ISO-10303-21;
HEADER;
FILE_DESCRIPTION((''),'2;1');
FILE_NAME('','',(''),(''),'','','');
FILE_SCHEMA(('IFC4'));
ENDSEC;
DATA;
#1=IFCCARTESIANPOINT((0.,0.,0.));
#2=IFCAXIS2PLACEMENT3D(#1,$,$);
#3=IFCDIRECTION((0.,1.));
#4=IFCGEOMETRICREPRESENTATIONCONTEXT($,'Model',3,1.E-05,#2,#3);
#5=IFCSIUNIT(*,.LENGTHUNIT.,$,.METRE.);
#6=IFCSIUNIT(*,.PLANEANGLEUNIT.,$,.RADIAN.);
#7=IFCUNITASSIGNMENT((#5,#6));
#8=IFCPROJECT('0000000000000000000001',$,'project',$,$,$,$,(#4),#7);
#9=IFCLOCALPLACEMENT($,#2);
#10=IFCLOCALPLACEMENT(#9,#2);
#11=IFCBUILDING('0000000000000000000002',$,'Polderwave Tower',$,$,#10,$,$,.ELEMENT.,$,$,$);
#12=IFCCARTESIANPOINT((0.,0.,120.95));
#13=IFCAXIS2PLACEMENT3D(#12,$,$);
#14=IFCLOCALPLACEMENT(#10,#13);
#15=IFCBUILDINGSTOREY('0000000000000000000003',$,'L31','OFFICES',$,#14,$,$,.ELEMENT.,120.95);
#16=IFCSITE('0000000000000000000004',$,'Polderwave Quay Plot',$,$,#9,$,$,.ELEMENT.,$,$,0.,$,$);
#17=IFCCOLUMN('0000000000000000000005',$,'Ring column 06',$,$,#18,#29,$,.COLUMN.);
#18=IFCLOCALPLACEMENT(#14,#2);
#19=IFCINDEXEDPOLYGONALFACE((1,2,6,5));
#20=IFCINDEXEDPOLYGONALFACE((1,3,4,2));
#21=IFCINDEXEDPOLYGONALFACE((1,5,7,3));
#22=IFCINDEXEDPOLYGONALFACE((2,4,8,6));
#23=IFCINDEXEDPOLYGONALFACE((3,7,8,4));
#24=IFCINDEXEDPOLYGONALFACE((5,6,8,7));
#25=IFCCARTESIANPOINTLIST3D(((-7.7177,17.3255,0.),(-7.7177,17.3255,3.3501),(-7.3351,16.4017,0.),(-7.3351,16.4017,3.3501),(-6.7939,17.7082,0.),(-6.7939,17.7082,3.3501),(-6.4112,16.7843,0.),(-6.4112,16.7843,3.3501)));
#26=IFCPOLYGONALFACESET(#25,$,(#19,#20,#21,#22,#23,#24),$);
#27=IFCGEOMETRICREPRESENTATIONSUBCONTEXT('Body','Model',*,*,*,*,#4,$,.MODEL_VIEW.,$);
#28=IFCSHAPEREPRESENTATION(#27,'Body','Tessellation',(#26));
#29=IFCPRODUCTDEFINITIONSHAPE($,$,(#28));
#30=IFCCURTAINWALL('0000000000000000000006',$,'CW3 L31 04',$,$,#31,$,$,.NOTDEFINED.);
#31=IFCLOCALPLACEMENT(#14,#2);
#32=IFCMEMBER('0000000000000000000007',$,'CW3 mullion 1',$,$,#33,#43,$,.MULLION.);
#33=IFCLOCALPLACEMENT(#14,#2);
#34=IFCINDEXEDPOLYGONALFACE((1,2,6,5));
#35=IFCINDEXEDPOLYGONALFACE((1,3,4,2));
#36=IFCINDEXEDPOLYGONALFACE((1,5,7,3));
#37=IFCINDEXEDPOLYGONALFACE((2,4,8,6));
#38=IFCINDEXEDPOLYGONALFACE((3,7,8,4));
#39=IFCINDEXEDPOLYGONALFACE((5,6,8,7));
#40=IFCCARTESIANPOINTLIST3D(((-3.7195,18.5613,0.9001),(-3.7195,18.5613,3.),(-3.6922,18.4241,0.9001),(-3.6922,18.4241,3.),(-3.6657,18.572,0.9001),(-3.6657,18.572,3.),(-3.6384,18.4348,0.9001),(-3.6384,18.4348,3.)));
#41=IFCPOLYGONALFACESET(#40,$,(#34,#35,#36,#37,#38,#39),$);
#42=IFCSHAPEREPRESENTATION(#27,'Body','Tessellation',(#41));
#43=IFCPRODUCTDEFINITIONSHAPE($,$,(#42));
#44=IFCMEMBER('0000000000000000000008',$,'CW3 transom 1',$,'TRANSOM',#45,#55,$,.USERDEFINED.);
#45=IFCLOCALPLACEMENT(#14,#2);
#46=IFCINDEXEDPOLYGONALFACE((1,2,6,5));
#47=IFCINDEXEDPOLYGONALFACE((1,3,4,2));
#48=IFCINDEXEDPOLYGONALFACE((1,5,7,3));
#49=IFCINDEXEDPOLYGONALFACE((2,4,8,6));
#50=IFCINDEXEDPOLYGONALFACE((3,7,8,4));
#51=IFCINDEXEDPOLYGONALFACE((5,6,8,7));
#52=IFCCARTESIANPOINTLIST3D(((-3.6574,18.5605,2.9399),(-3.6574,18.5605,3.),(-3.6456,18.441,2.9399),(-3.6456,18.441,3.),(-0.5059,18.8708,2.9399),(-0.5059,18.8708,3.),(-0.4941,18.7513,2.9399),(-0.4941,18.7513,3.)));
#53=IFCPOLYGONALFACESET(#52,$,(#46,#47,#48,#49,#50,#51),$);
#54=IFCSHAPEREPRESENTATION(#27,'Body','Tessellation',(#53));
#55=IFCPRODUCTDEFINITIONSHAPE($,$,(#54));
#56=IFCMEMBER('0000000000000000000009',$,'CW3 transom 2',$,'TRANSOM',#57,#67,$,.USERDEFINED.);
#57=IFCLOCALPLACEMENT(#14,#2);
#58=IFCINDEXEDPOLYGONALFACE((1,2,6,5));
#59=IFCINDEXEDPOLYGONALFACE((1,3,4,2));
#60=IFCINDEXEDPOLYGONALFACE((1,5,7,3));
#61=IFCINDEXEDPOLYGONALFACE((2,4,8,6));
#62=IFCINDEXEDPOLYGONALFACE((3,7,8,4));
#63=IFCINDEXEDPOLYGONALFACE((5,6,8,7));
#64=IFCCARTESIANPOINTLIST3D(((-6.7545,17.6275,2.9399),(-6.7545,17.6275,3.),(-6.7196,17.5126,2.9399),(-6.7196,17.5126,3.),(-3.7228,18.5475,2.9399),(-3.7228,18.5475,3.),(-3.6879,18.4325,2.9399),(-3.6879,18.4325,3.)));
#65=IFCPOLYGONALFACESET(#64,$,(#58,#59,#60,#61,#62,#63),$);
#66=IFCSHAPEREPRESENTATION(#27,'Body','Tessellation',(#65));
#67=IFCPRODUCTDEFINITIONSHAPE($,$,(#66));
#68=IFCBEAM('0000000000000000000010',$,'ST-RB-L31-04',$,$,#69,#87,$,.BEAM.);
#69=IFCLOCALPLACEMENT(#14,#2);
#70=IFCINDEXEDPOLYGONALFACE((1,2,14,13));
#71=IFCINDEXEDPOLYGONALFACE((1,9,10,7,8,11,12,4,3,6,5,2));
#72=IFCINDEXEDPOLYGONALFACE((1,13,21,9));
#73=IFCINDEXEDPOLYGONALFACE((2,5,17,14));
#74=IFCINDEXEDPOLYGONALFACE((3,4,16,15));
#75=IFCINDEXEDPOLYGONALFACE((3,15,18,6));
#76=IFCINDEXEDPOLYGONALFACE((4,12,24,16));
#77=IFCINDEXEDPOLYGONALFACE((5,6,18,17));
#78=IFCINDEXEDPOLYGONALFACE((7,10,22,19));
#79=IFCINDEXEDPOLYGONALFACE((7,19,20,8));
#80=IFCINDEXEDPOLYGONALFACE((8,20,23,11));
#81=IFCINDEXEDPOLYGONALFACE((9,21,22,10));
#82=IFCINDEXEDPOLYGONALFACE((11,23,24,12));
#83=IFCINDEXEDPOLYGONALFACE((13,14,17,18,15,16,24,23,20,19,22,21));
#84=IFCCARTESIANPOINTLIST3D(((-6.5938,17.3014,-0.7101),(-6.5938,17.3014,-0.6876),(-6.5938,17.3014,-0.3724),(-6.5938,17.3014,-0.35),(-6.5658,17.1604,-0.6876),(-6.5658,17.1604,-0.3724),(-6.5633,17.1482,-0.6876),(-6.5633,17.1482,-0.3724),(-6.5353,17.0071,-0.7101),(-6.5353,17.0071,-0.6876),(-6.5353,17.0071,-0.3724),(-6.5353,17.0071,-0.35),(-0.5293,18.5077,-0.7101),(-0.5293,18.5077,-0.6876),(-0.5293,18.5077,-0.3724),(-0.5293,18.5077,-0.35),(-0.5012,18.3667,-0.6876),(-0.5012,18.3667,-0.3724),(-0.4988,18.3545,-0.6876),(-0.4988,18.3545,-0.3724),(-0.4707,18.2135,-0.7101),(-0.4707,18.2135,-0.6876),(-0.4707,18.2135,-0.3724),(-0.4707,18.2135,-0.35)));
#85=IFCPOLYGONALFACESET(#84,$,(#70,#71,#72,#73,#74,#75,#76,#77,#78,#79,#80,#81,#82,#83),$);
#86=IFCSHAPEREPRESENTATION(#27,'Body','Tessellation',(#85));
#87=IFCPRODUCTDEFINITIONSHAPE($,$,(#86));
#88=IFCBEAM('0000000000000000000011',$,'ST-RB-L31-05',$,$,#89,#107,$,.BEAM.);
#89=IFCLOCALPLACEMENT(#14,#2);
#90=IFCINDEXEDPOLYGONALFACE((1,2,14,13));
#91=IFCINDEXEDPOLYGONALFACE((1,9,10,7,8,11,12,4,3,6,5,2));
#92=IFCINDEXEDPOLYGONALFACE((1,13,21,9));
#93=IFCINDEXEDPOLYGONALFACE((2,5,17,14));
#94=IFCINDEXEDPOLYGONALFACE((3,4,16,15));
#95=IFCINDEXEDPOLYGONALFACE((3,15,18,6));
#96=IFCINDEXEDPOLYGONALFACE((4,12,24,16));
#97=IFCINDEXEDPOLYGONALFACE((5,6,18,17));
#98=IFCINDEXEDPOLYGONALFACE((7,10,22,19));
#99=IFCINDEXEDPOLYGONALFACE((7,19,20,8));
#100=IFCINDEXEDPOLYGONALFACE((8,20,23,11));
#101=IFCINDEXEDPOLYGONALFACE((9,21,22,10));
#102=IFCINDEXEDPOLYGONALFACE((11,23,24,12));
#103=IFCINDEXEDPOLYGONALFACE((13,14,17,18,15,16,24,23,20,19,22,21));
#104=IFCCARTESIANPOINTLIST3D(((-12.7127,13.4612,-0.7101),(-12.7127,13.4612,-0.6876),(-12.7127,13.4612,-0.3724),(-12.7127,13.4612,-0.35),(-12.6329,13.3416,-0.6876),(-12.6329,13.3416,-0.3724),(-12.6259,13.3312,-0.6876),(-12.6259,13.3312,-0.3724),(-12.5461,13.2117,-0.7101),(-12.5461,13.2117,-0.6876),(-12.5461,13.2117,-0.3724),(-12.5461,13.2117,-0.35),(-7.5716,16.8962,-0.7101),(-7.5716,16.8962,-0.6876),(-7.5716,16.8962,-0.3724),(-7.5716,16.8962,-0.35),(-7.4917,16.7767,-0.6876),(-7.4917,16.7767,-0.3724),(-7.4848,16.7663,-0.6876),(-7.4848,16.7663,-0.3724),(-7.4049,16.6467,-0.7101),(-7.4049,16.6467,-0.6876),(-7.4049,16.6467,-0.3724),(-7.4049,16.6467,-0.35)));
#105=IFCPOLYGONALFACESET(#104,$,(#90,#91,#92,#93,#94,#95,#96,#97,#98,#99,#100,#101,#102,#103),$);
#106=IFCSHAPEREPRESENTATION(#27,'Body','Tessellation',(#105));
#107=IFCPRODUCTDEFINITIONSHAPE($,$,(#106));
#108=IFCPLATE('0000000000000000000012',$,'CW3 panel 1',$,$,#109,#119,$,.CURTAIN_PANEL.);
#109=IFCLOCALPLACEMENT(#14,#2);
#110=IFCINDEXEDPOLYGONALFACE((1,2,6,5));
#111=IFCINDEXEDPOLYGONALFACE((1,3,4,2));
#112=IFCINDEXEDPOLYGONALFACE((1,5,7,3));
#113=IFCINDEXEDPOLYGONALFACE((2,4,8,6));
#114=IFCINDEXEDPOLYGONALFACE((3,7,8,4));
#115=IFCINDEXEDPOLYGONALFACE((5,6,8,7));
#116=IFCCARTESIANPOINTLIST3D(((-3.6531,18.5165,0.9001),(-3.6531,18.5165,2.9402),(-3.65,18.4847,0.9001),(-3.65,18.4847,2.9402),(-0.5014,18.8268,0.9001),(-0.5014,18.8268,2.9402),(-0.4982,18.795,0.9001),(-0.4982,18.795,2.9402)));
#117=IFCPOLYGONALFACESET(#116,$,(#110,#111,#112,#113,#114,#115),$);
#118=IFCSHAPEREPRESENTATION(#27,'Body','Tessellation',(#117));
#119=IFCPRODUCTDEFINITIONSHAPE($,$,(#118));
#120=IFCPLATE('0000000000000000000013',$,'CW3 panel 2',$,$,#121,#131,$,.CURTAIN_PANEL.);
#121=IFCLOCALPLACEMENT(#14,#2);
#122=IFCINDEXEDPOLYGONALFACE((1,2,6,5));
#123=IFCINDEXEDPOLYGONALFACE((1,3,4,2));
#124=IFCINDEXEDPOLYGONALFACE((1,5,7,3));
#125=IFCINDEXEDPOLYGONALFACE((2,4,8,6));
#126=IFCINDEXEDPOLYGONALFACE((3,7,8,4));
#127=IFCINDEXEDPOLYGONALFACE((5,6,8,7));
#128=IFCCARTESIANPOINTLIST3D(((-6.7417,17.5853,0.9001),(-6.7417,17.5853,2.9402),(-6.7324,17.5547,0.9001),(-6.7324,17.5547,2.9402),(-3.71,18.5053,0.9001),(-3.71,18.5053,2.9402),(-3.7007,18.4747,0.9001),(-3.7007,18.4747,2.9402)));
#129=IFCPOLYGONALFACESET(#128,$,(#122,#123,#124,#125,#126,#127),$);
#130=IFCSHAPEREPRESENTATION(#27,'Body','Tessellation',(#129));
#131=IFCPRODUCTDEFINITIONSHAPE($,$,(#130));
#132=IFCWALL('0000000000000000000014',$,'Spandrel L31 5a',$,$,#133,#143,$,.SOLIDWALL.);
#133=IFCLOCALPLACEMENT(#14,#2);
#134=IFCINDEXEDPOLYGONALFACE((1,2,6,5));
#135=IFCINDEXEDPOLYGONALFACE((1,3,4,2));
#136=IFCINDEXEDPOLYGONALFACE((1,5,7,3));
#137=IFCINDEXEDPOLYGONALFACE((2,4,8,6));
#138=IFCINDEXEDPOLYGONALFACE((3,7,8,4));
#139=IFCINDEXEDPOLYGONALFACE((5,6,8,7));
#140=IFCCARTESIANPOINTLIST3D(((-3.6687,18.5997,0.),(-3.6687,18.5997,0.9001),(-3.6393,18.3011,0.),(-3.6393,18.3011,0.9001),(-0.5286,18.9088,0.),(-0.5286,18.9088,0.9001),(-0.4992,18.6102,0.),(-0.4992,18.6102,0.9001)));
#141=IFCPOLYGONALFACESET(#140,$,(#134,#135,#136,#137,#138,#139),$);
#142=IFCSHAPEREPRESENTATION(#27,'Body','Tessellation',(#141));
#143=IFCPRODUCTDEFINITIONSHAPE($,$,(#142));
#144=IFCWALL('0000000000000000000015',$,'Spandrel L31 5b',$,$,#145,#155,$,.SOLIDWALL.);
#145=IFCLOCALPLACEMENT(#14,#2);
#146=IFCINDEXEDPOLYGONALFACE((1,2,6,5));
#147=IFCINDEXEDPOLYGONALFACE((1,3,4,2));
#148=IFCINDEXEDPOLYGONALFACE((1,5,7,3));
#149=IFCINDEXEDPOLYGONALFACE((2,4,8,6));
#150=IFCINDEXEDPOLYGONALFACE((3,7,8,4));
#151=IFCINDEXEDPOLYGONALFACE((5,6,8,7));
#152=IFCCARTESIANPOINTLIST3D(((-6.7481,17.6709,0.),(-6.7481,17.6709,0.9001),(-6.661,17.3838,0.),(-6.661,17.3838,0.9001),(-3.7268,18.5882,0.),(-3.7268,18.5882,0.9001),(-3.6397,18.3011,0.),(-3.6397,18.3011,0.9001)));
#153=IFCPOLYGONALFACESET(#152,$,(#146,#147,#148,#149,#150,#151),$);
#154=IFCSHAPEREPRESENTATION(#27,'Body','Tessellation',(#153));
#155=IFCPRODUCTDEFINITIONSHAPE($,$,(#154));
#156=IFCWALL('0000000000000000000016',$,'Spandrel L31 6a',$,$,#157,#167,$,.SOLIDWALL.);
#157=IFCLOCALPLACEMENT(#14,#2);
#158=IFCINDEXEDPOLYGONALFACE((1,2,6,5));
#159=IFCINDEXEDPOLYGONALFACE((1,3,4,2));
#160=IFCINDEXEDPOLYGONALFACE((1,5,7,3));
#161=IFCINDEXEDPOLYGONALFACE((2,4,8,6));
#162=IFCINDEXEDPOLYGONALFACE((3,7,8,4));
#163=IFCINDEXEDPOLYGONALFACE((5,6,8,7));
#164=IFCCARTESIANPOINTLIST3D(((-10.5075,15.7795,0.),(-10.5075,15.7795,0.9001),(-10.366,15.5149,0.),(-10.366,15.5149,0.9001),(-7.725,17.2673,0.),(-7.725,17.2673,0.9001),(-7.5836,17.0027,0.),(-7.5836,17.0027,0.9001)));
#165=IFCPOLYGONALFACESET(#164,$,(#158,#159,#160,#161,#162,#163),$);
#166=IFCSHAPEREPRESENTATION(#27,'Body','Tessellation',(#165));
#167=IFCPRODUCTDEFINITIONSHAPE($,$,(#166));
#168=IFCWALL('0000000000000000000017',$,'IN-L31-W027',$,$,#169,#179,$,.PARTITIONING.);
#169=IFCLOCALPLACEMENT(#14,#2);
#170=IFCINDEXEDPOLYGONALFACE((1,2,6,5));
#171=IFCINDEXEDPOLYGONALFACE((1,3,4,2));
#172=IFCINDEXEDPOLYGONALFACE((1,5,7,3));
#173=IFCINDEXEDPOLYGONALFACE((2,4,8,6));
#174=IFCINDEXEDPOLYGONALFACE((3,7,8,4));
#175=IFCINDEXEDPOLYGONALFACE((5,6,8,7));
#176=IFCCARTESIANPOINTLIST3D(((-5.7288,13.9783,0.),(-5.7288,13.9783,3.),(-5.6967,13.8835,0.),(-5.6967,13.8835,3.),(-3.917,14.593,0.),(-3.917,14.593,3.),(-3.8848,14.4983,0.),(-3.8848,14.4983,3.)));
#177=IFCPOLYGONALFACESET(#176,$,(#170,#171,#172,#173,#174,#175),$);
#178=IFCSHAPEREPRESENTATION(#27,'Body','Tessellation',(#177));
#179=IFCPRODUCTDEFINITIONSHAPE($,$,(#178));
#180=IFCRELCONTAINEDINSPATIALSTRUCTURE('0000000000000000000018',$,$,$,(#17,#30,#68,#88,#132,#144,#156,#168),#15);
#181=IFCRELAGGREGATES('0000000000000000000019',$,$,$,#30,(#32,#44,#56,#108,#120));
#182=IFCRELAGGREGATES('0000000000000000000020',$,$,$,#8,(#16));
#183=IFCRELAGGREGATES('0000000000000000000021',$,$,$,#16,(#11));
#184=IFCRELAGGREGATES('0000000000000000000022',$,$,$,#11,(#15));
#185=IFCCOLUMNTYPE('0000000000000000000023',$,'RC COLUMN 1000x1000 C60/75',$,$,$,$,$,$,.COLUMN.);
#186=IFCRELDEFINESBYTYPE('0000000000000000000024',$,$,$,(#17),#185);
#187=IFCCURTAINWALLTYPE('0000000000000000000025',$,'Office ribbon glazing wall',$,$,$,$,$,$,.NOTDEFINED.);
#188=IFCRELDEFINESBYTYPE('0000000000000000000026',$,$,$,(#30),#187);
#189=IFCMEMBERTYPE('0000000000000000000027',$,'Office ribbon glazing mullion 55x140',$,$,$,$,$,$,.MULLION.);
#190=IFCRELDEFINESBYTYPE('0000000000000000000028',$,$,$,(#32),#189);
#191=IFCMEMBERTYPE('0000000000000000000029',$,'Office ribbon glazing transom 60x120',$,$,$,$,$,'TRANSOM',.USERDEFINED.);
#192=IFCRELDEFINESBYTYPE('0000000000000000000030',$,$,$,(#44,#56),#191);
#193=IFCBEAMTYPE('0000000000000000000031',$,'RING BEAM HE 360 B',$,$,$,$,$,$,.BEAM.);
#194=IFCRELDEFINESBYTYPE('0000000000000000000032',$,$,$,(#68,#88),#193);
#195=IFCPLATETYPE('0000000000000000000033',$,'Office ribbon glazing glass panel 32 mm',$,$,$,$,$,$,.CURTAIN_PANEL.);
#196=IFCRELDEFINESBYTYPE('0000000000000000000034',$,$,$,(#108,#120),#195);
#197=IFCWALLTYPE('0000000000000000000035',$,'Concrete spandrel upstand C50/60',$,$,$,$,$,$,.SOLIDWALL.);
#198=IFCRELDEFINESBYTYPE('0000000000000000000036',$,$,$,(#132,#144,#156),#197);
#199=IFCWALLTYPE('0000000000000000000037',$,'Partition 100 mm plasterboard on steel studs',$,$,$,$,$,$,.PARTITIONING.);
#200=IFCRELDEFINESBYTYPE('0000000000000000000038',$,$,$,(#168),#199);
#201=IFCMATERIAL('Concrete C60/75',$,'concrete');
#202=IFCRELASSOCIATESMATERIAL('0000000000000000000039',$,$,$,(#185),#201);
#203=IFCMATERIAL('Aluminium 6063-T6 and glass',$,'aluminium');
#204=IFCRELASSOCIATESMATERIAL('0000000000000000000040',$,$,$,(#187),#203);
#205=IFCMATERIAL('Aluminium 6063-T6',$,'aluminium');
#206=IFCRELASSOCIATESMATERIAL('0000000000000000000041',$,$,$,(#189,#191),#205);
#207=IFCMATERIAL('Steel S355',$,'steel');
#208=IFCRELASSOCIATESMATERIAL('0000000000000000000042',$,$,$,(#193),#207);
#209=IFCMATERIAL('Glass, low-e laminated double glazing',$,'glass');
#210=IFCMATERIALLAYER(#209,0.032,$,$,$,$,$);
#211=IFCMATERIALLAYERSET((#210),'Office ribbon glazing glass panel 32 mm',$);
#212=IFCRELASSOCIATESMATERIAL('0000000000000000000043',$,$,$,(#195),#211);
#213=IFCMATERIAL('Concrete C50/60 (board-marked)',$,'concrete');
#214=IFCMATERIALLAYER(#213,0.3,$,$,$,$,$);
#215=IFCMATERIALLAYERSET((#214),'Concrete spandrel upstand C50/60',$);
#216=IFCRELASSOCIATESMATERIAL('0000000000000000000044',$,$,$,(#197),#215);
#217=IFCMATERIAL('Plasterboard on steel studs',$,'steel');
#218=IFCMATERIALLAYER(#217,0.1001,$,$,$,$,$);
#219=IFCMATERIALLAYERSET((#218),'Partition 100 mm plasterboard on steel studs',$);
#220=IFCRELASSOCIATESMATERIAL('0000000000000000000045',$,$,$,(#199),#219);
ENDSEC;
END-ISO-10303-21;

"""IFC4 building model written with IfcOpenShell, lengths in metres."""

from ifc_helpers import new_model, si_unit, direction, frame, frame_2d, origin, origin_2d, place, context, subcontext, project, spatial, rectangle, i_section, extrude, material, layer, layer_set, material_profile, profile_set, type_object, element, aggregate, save


model = new_model("IFC4")

# Units and contexts
model_context = context("Model", 3, precision=1e-05, world=origin(), true_north=direction((0.0, 1.0)))
body_context = subcontext(model_context, "Body", "Model", "MODEL_VIEW")
ifc_project = project(units=[si_unit("LENGTHUNIT", "METRE"), si_unit("PLANEANGLEUNIT", "RADIAN")], contexts=[model_context])

# Site, building, storey
site_placement = place(None, origin())
site = spatial("IfcSite", under=ifc_project, at=site_placement, Name="Polderwave Quay Plot", CompositionType="ELEMENT", RefElevation=0.0)
building_placement = place(site_placement, origin())
building = spatial("IfcBuilding", under=site, at=building_placement, Name="Polderwave Tower", CompositionType="ELEMENT")
storey_placement = place(building_placement, frame((0.0, 0.0, 120.95)))
storey = spatial("IfcBuildingStorey", under=building, at=storey_placement, Name="L31", Description="OFFICES", CompositionType="ELEMENT", Elevation=120.95)

# Column
ifc_material_1 = material(Name="Concrete C60/75", Category="concrete")
ifc_material_profile_1 = material_profile(ifc_material_1, rectangle(XDim=1.0, YDim=1.0, at=origin_2d()), Name="RC 1000x1000")
ifc_profile_set_1 = profile_set([ifc_material_profile_1], Name="Concrete C60/75")
column_type = type_object("IfcColumnType", Name="RC COLUMN 1000x1000 C60/75", PredefinedType="COLUMN", material=ifc_profile_set_1)
column_placement = place(storey_placement, frame((-7.0645, 17.0549, 0.0), z_axis=(0.0, 0.0, 1.0), x_axis=(-0.382683, 0.92388, 0.0)))
element("IfcColumn", 1, at=column_placement, inside=storey, type_object=column_type, Name="Ring column 06", PredefinedType="COLUMN", context=body_context, shape_type="SweptSolid", body=[
    extrude(rectangle(XDim=1.0, YDim=1.0, at=origin_2d()), origin(), (0.0, 0.0, 1.0), 3.3501),
])

# Curtain wall, members
ifc_material_2 = material(Name="Aluminium 6063-T6 and glass", Category="aluminium")
curtain_wall_type = type_object("IfcCurtainWallType", Name="Office ribbon glazing wall", PredefinedType="NOTDEFINED", material=ifc_material_2)
curtain_wall_placement = place(storey_placement, origin())
curtain_wall = element("IfcCurtainWall", 2, at=curtain_wall_placement, inside=storey, type_object=curtain_wall_type, Name="CW3 L31 04", PredefinedType="NOTDEFINED")
ifc_material_3 = material(Name="Aluminium 6063-T6", Category="aluminium")
ifc_material_profile_2 = material_profile(ifc_material_3, rectangle(XDim=0.1399, YDim=0.0549, at=origin_2d()), Name="AL 55x140")
ifc_profile_set_2 = profile_set([ifc_material_profile_2], Name="Aluminium 6063-T6")
member_type_1 = type_object("IfcMemberType", Name="Office ribbon glazing mullion 55x140", PredefinedType="MULLION", material=ifc_profile_set_2)
member_1_placement = place(storey_placement, frame((-3.679, 18.498, 0.9001), z_axis=(0.0, 0.0, 1.0), x_axis=(0.195128, -0.980778, 0.0)))
member_1 = element("IfcMember", 3, at=member_1_placement, type_object=member_type_1, Name="CW3 mullion 1", PredefinedType="MULLION", context=body_context, shape_type="SweptSolid", body=[
    extrude(rectangle(XDim=0.1399, YDim=0.0549, at=origin_2d()), origin(), (0.0, 0.0, 1.0), 2.0999),
])
ifc_material_profile_3 = material_profile(ifc_material_3, rectangle(XDim=0.1201, YDim=0.0601, at=origin_2d()), Name="AL 60x120")
ifc_profile_set_3 = profile_set([ifc_material_profile_3], Name="Aluminium 6063-T6")
member_type_2 = type_object("IfcMemberType", Name="Office ribbon glazing transom 60x120", ElementType="TRANSOM", PredefinedType="USERDEFINED", material=ifc_profile_set_3)
member_2_placement = place(storey_placement, frame((-0.5, 18.811, 2.97), z_axis=(-0.995188, -0.097985, 0.0), x_axis=(0.097985, -0.995188, 0.0)))
member_2 = element("IfcMember", 4, at=member_2_placement, type_object=member_type_2, Name="CW3 transom 1", ObjectType="TRANSOM", PredefinedType="USERDEFINED", context=body_context, shape_type="SweptSolid", body=[
    extrude(rectangle(XDim=0.1201, YDim=0.0601, at=origin_2d()), origin(), (0.0, 0.0, 1.0), 3.1667),
])
member_3_placement = place(storey_placement, frame((-3.7053, 18.49, 2.97), z_axis=(-0.956918, -0.290358, 0.0), x_axis=(0.290358, -0.956918, 0.0)))
member_3 = element("IfcMember", 5, at=member_3_placement, type_object=member_type_2, Name="CW3 transom 2", ObjectType="TRANSOM", PredefinedType="USERDEFINED", context=body_context, shape_type="SweptSolid", body=[
    extrude(rectangle(XDim=0.1201, YDim=0.0601, at=origin_2d()), origin(), (0.0, 0.0, 1.0), 3.1682),
])

# Beams
ifc_material_4 = material(Name="Steel S355", Category="steel")
ifc_material_profile_4 = material_profile(ifc_material_4, i_section(OverallWidth=0.3, OverallDepth=0.3601, WebThickness=0.0125, FlangeThickness=0.0225, at=origin_2d()), Name="HE 360 B")
ifc_profile_set_4 = profile_set([ifc_material_profile_4], Name="Steel S355")
beam_type = type_object("IfcBeamType", Name="RING BEAM HE 360 B", PredefinedType="BEAM", material=ifc_profile_set_4)
beam_1_placement = place(storey_placement, frame((-0.5, 18.3606, -0.53), z_axis=(-0.980785, -0.195091, 0.0), x_axis=(0.195091, -0.980785, 0.0)))
element("IfcBeam", 6, at=beam_1_placement, inside=storey, type_object=beam_type, Name="ST-RB-L31-04", PredefinedType="BEAM", context=body_context, shape_type="SweptSolid", body=[
    extrude(i_section(OverallWidth=0.3, OverallDepth=0.3601, WebThickness=0.0125, FlangeThickness=0.0225, at=origin_2d()), origin(), (0.0, 0.0, 1.0), 6.1833),
])
beam_2_placement = place(storey_placement, frame((-7.4883, 16.7715, -0.53), z_axis=(-0.831479, -0.555556, 0.0), x_axis=(0.555556, -0.831479, 0.0)))
element("IfcBeam", 7, at=beam_2_placement, inside=storey, type_object=beam_type, Name="ST-RB-L31-05", PredefinedType="BEAM", context=body_context, shape_type="SweptSolid", body=[
    extrude(i_section(OverallWidth=0.3, OverallDepth=0.3601, WebThickness=0.0125, FlangeThickness=0.0225, at=origin_2d()), origin(), (0.0, 0.0, 1.0), 6.1831),
])

# Plates
ifc_material_5 = material(Name="Glass, low-e laminated double glazing", Category="glass")
ifc_layer_1 = layer(ifc_material_5, 0.032)
ifc_layer_set_1 = layer_set([ifc_layer_1], Name="Office ribbon glazing glass panel 32 mm")
plate_type = type_object("IfcPlateType", Name="Office ribbon glazing glass panel 32 mm", PredefinedType="CURTAIN_PANEL", material=ifc_layer_set_1)
plate_1_placement = place(storey_placement, frame((-2.0757, 18.6558, 0.9001), z_axis=(0.0, 0.0, 1.0), x_axis=(-0.995188, -0.097984, 0.0)))
plate_1 = element("IfcPlate", 8, at=plate_1_placement, type_object=plate_type, Name="CW3 panel 1", PredefinedType="CURTAIN_PANEL", context=body_context, shape_type="SweptSolid", body=[
    extrude(rectangle(XDim=3.167, YDim=0.032, at=origin_2d()), origin(), (0.0, 0.0, 1.0), 2.04),
])
plate_2_placement = place(storey_placement, frame((-5.2212, 18.03, 0.9001), z_axis=(0.0, 0.0, 1.0), x_axis=(-0.956908, -0.29039, 0.0)))
plate_2 = element("IfcPlate", 9, at=plate_2_placement, type_object=plate_type, Name="CW3 panel 2", PredefinedType="CURTAIN_PANEL", context=body_context, shape_type="SweptSolid", body=[
    extrude(rectangle(XDim=3.1682, YDim=0.032, at=origin_2d()), origin(), (0.0, 0.0, 1.0), 2.04),
])
aggregate(curtain_wall, [member_1, member_2, member_3, plate_1, plate_2])

# Walls
ifc_material_6 = material(Name="Concrete C50/60 (board-marked)", Category="concrete")
ifc_layer_2 = layer(ifc_material_6, 0.3)
ifc_layer_set_2 = layer_set([ifc_layer_2], Name="Concrete spandrel upstand C50/60")
wall_type_1 = type_object("IfcWallType", Name="Concrete spandrel upstand C50/60", PredefinedType="SOLIDWALL", material=ifc_layer_set_2)
wall_1_placement = place(storey_placement, frame((-0.5139, 18.7595, 0.0), z_axis=(0.0, 0.0, 1.0), x_axis=(-0.995191, -0.097956, 0.0)))
element("IfcWall", 10, at=wall_1_placement, inside=storey, type_object=wall_type_1, Name="Spandrel L31 5a", PredefinedType="SOLIDWALL", context=body_context, shape_type="SweptSolid", body=[
    extrude(rectangle(XDim=3.1553, YDim=0.3, at=frame_2d((1.5776, 0.0))), origin(), (0.0, 0.0, 1.0), 0.9001),
])
wall_2_placement = place(storey_placement, frame((-3.6833, 18.4446, 0.0), z_axis=(0.0, 0.0, 1.0), x_axis=(-0.956874, -0.290503, 0.0)))
element("IfcWall", 11, at=wall_2_placement, inside=storey, type_object=wall_type_1, Name="Spandrel L31 5b", PredefinedType="SOLIDWALL", context=body_context, shape_type="SweptSolid", body=[
    extrude(rectangle(XDim=3.1575, YDim=0.3, at=frame_2d((1.5786, 0.0))), origin(), (0.0, 0.0, 1.0), 0.9001),
])
wall_3_placement = place(storey_placement, frame((-7.6543, 17.135, 0.0), z_axis=(0.0, 0.0, 1.0), x_axis=(-0.881851, -0.471528, 0.0)))
element("IfcWall", 12, at=wall_3_placement, inside=storey, type_object=wall_type_1, Name="Spandrel L31 6a", PredefinedType="SOLIDWALL", context=body_context, shape_type="SweptSolid", body=[
    extrude(rectangle(XDim=3.1553, YDim=0.3, at=frame_2d((1.5776, 0.0))), origin(), (0.0, 0.0, 1.0), 0.9001),
])
ifc_material_7 = material(Name="Plasterboard on steel studs", Category="steel")
ifc_layer_3 = layer(ifc_material_7, 0.1001)
ifc_layer_set_3 = layer_set([ifc_layer_3], Name="Partition 100 mm plasterboard on steel studs")
wall_type_2 = type_object("IfcWallType", Name="Partition 100 mm plasterboard on steel studs", PredefinedType="PARTITIONING", material=ifc_layer_set_3)
wall_4_placement = place(storey_placement, frame((-5.7126, 13.9309, 0.0), z_axis=(0.0, 0.0, 1.0), x_axis=(0.946972, 0.321315, 0.0)))
element("IfcWall", 13, at=wall_4_placement, inside=storey, type_object=wall_type_2, Name="IN-L31-W027", PredefinedType="PARTITIONING", context=body_context, shape_type="SweptSolid", body=[
    extrude(rectangle(XDim=1.9133, YDim=0.1001, at=frame_2d((0.9565, 0.0))), origin(), (0.0, 0.0, 1.0), 3.0),
])

save(model, "model.ifc")
